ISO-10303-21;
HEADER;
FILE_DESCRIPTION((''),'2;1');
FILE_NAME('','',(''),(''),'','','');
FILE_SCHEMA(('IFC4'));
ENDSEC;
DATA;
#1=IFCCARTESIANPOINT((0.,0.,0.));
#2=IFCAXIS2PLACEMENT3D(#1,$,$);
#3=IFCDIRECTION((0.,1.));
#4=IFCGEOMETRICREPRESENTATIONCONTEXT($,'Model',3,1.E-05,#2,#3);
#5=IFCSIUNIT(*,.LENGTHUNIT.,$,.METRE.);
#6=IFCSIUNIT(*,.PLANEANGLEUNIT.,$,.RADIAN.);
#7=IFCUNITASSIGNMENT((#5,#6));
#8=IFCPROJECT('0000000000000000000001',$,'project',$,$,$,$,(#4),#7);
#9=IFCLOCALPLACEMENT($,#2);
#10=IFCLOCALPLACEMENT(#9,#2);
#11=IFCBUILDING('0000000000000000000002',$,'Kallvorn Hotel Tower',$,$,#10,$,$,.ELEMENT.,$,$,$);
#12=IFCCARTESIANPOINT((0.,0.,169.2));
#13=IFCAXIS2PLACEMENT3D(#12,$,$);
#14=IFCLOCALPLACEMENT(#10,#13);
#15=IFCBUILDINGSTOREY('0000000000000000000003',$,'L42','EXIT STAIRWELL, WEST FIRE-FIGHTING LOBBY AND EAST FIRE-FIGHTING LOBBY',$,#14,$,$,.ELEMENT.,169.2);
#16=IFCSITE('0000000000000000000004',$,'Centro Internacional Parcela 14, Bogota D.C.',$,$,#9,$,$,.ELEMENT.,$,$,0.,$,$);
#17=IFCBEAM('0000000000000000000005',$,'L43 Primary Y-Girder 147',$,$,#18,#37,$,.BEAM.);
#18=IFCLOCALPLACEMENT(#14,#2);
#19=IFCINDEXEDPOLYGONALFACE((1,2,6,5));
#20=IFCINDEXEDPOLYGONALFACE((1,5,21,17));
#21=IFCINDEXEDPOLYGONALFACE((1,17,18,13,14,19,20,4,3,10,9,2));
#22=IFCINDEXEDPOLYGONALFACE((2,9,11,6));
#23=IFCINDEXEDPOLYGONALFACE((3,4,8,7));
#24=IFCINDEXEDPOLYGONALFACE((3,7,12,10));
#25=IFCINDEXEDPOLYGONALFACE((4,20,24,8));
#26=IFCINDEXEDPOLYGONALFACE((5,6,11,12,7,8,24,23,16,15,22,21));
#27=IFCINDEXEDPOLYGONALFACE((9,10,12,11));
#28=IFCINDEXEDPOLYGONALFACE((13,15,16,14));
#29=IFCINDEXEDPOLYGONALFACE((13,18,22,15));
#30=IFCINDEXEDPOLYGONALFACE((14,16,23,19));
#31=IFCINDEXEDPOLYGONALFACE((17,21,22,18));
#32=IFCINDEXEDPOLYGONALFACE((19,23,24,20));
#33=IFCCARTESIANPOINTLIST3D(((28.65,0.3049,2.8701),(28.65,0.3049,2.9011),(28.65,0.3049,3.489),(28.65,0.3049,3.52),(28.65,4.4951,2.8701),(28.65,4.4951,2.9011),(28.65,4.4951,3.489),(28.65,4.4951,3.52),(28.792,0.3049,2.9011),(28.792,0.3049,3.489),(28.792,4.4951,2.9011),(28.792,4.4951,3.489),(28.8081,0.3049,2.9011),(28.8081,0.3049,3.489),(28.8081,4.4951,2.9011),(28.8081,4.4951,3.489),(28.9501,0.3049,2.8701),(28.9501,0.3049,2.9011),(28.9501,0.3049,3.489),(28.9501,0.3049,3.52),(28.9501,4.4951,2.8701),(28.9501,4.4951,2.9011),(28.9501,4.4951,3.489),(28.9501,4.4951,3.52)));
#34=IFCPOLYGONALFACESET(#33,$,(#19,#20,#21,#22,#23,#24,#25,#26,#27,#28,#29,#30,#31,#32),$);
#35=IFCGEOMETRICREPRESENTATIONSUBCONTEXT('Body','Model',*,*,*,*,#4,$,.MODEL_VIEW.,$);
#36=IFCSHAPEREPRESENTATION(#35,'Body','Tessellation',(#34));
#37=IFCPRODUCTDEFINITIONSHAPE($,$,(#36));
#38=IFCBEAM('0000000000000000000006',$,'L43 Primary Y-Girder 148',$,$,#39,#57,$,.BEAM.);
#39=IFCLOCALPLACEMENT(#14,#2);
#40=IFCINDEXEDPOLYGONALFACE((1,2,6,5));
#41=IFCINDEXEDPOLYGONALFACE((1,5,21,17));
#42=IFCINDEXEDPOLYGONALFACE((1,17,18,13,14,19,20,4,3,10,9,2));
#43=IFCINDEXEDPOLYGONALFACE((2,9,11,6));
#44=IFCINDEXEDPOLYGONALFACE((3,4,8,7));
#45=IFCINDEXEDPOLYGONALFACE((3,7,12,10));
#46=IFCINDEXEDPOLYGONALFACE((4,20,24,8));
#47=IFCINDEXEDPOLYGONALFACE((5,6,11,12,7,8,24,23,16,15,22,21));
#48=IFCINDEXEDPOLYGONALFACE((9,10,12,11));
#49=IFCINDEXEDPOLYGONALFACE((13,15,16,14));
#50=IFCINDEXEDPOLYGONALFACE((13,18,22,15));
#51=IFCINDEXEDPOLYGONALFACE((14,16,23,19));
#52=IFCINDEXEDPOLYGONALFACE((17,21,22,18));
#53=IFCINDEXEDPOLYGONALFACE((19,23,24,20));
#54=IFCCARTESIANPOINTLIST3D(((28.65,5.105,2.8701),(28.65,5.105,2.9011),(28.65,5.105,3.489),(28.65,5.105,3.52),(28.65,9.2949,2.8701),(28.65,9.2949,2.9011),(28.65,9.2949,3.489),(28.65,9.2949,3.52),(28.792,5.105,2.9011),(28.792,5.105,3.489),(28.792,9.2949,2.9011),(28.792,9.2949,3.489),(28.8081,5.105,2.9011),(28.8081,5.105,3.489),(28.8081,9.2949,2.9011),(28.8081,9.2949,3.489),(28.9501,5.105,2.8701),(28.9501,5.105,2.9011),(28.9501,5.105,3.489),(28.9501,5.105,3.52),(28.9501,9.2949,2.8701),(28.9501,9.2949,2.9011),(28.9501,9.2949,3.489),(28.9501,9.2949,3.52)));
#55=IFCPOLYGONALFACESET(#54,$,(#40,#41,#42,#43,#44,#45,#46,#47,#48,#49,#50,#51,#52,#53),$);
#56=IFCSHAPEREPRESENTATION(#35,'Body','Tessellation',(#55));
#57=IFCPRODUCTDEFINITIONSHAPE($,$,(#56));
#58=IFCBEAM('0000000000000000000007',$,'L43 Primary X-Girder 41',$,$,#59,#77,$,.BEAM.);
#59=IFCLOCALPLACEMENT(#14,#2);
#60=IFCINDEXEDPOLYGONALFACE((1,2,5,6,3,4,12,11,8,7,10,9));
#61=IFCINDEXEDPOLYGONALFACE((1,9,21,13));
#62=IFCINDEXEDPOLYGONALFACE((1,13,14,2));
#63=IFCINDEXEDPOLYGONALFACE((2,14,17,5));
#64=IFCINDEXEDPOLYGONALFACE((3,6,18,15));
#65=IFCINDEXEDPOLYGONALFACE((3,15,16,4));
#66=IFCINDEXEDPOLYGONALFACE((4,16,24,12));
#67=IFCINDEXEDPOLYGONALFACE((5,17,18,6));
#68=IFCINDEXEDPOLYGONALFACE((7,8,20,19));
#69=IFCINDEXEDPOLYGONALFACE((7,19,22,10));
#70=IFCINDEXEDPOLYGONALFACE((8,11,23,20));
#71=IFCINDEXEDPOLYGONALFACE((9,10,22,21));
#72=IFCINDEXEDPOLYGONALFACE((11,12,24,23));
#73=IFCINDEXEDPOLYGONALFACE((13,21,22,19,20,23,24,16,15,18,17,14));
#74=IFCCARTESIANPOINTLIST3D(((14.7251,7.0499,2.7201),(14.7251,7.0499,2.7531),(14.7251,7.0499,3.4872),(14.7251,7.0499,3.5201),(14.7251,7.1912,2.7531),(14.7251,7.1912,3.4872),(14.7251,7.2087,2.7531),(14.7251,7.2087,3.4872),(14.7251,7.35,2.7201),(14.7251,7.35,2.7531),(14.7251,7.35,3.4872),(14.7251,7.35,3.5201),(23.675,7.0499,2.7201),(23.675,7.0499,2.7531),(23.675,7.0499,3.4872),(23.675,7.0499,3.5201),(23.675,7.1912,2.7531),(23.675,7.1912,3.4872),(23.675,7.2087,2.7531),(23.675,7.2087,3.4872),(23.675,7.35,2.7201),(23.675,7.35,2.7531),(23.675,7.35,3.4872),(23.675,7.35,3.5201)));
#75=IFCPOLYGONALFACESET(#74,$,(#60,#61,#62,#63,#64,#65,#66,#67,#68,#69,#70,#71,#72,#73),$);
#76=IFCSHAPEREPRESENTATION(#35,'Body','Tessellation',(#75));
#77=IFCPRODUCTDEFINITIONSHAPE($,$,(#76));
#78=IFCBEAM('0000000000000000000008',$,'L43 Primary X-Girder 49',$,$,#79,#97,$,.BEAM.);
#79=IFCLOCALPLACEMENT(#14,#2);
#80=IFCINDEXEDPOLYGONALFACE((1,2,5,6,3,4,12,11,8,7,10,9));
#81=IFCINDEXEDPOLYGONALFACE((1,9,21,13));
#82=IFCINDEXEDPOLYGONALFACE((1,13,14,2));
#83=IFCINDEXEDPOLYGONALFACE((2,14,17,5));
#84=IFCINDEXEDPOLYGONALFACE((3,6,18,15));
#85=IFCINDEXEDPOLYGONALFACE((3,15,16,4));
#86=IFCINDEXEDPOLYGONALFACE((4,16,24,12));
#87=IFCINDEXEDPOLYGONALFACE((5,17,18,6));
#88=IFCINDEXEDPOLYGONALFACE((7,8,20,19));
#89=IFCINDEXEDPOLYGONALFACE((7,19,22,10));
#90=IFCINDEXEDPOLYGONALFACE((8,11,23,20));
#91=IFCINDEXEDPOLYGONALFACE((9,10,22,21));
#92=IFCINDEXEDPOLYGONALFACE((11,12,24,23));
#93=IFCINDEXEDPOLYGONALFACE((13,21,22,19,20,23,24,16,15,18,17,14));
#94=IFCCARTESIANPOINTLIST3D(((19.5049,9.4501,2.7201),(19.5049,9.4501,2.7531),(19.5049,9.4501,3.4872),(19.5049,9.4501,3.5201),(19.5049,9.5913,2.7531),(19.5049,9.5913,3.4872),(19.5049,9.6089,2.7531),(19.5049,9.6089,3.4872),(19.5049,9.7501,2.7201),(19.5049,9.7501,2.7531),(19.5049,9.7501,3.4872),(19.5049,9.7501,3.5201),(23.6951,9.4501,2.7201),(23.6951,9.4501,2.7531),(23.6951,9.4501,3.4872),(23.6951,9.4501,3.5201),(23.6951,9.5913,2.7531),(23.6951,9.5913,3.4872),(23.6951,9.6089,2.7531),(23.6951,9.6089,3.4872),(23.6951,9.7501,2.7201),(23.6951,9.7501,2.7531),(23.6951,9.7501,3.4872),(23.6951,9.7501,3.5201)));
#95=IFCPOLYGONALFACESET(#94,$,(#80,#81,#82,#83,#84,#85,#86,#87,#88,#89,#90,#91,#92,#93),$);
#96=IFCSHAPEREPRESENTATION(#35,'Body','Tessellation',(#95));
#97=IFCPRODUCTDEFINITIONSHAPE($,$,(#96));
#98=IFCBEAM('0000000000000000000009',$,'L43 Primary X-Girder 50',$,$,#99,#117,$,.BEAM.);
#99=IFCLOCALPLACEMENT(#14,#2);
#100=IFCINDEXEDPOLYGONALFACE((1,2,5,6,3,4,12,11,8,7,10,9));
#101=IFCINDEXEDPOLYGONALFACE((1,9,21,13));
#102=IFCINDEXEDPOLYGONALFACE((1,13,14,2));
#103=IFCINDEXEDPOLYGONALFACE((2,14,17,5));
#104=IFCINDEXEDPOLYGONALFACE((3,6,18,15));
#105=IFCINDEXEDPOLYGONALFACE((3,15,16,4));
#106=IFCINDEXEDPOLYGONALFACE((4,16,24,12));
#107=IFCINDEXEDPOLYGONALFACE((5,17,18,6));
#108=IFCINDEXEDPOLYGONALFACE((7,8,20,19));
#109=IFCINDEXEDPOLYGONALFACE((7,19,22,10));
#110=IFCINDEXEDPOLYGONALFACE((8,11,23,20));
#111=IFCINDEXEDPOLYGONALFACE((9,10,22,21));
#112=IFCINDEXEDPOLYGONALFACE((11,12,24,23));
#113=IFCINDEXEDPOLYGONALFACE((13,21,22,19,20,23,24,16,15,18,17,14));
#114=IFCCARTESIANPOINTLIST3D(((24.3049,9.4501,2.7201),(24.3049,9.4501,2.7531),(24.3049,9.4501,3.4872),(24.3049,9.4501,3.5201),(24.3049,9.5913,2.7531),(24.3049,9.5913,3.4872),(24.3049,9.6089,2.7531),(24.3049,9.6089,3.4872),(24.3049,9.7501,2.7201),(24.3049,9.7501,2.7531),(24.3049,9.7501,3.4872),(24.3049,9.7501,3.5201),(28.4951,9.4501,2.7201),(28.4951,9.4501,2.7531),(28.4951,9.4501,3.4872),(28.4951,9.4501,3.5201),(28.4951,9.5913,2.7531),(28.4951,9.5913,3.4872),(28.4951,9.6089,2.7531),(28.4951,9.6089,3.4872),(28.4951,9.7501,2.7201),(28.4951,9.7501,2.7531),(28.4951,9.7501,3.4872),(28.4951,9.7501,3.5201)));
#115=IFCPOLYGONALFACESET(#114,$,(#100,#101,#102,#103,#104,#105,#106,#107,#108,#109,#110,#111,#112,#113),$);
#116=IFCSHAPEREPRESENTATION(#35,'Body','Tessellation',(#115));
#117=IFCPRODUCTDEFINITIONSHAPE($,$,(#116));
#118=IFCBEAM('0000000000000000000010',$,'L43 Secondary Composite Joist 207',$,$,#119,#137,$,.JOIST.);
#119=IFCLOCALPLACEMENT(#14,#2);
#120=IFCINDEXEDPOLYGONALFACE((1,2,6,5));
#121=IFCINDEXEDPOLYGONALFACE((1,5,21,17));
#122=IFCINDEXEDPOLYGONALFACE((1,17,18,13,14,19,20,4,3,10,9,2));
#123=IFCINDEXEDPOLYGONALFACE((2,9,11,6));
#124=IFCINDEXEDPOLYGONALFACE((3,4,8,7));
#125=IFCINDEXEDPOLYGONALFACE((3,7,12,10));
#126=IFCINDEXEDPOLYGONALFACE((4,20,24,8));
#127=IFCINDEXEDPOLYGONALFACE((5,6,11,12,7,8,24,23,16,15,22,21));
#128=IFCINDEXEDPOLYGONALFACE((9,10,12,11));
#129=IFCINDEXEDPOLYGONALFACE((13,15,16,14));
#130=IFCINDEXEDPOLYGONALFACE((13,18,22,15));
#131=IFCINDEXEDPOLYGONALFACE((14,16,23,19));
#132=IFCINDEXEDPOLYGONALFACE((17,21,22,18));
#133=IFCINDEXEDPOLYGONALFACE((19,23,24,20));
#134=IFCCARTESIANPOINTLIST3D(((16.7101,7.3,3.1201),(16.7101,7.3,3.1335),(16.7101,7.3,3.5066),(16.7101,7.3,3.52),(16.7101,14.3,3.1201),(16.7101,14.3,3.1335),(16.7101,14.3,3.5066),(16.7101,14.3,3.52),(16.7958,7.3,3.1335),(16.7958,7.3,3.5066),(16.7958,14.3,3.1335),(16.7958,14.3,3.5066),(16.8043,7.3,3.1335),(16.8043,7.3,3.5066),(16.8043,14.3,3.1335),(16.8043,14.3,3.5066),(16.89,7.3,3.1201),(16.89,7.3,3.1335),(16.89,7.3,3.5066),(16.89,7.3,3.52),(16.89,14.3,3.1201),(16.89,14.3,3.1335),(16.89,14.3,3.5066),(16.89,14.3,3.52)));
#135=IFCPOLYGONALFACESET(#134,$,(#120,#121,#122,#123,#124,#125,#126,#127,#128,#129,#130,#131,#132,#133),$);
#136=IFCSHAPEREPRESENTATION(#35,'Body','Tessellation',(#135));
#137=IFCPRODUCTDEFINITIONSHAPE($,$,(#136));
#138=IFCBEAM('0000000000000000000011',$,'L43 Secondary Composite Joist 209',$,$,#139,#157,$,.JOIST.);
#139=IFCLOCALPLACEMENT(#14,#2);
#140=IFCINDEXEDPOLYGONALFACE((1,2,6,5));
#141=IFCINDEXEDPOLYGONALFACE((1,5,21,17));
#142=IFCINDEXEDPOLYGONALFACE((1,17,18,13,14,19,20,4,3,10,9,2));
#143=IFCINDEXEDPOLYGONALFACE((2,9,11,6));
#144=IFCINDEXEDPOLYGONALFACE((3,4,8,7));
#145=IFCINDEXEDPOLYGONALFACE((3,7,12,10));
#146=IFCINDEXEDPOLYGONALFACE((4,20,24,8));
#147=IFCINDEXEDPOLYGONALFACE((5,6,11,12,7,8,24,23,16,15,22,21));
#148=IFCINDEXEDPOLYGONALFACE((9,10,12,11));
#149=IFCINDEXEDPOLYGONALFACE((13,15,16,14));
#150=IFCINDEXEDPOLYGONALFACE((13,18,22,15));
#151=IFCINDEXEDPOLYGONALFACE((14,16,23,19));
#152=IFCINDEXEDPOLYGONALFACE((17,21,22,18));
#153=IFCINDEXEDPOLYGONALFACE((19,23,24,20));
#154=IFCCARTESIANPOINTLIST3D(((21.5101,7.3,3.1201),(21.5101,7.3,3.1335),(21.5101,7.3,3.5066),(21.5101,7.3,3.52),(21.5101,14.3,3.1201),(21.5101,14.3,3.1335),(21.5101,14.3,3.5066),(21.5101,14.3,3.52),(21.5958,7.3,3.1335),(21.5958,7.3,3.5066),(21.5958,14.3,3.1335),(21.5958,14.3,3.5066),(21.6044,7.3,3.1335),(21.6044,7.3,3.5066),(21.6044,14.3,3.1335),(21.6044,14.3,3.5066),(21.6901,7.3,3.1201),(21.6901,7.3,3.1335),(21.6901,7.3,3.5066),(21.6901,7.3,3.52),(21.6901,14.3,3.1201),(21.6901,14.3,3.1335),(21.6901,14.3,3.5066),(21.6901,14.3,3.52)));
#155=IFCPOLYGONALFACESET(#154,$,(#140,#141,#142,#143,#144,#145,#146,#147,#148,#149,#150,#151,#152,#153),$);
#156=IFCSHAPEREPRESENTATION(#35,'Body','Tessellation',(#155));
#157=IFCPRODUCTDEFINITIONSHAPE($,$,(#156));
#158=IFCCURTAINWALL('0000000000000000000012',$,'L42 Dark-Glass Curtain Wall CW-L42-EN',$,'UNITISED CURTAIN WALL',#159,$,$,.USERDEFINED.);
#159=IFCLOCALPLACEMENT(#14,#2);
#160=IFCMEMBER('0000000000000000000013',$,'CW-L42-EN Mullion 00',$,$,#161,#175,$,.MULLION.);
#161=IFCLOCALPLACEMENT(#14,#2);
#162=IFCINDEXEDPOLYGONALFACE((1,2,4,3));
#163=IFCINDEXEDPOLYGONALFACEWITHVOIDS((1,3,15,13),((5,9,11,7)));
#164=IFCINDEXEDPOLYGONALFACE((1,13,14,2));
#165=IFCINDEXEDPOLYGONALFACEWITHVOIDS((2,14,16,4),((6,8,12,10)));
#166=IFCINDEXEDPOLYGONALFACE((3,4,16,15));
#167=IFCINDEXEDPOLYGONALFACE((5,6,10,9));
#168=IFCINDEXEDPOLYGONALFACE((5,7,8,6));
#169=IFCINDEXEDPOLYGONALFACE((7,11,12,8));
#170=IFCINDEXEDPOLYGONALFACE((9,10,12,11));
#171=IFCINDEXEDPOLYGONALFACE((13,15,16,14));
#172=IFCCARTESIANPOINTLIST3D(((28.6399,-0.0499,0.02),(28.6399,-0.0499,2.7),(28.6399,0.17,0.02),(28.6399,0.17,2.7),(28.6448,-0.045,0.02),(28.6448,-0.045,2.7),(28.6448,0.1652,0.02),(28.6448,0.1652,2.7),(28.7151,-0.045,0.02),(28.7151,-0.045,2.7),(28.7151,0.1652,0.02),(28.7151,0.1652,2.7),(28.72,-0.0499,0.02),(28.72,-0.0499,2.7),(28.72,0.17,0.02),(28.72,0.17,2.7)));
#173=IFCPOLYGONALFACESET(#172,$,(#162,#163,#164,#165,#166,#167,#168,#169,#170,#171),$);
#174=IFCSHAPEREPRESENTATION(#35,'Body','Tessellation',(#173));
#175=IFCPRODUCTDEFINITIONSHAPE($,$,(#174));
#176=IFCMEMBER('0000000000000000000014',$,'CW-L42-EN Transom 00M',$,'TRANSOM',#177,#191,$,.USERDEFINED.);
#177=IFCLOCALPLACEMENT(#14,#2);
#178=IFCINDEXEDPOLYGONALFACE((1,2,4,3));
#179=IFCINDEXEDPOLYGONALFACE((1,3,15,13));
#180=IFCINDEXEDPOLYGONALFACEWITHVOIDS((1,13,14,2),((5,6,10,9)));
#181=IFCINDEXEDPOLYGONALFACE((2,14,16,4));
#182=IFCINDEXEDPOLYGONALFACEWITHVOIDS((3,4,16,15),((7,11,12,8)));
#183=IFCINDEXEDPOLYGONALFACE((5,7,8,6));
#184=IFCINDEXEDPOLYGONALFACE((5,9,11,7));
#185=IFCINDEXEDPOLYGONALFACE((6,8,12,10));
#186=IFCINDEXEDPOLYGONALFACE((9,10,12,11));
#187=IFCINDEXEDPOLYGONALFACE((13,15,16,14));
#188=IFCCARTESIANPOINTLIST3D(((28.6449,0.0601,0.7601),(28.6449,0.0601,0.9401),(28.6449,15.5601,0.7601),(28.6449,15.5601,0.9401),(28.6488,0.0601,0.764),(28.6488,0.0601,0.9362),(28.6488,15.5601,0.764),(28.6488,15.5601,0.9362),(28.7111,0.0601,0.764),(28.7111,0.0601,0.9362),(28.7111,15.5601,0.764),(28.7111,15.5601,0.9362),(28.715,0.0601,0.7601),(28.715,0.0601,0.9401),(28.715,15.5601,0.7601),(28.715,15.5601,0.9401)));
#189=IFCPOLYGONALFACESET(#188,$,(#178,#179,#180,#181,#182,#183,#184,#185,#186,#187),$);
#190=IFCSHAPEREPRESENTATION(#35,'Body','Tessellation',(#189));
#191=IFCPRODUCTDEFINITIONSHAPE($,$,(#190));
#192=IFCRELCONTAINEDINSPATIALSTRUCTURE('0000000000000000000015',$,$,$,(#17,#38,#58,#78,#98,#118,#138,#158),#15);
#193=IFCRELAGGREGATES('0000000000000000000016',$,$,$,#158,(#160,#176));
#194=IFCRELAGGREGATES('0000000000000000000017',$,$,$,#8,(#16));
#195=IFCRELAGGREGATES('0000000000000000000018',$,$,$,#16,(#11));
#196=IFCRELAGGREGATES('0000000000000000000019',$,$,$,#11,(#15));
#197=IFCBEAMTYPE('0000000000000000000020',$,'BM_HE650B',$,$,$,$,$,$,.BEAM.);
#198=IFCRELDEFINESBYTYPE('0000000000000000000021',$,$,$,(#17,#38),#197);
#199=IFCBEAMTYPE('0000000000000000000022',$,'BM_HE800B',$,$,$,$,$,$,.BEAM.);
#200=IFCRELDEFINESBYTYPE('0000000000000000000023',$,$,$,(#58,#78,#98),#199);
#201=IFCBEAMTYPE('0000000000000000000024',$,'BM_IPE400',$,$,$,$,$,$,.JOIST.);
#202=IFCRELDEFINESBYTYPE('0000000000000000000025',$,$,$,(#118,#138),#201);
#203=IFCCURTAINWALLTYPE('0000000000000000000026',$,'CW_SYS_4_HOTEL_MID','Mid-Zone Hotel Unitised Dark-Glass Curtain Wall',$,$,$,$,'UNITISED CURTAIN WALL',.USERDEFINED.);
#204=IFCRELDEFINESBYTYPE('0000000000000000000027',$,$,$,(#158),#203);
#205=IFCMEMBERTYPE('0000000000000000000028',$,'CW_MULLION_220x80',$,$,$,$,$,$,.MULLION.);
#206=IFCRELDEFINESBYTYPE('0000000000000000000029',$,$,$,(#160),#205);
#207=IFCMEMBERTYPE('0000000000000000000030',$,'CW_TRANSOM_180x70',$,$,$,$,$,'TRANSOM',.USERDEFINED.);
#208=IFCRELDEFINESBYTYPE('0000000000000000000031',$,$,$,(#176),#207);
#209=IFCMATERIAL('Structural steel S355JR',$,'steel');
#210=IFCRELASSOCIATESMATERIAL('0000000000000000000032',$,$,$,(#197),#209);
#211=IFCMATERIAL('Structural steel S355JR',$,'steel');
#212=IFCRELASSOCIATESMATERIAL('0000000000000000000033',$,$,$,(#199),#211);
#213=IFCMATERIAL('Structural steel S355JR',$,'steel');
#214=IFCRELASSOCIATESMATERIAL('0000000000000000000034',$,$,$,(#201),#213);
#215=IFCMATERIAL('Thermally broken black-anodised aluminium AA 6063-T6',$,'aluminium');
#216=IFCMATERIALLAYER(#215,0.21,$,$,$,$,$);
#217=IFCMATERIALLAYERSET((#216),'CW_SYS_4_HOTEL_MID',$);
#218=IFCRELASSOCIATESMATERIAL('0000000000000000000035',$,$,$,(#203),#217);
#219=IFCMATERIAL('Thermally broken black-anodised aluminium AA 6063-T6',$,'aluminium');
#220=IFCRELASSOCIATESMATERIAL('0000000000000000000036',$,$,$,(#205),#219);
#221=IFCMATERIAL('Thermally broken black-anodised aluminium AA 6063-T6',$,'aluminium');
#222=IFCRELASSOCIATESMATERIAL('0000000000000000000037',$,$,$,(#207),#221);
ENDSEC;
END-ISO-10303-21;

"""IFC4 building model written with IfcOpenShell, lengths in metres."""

from ifc_helpers import new_model, si_unit, direction, frame, origin, origin_2d, place, context, subcontext, project, spatial, hollow_rectangle, i_section, extrude, material, layer, layer_set, material_profile, profile_set, type_object, element, aggregate, save


model = new_model("IFC4")

# Units and contexts
model_context = context("Model", 3, precision=1e-05, world=origin(), true_north=direction((0.0, 1.0)))
body_context = subcontext(model_context, "Body", "Model", "MODEL_VIEW")
ifc_project = project(units=[si_unit("LENGTHUNIT", "METRE"), si_unit("PLANEANGLEUNIT", "RADIAN")], contexts=[model_context])

# Site, building, storey
site_placement = place(None, origin())
site = spatial("IfcSite", under=ifc_project, at=site_placement, Name="Centro Internacional Parcela 14, Bogota D.C.", CompositionType="ELEMENT", RefElevation=0.0)
building_placement = place(site_placement, origin())
building = spatial("IfcBuilding", under=site, at=building_placement, Name="Kallvorn Hotel Tower", CompositionType="ELEMENT")
storey_placement = place(building_placement, frame((0.0, 0.0, 169.2)))
storey = spatial("IfcBuildingStorey", under=building, at=storey_placement, Name="L42", Description="EXIT STAIRWELL, WEST FIRE-FIGHTING LOBBY AND EAST FIRE-FIGHTING LOBBY", CompositionType="ELEMENT", Elevation=169.2)

# Beams
ifc_material_1 = material(Name="Structural steel S355JR", Category="steel")
ifc_material_profile_1 = material_profile(ifc_material_1, i_section(OverallWidth=0.3, OverallDepth=0.6499, WebThickness=0.0161, FlangeThickness=0.031, at=origin_2d()), Name="HE 650 B")
ifc_profile_set_1 = profile_set([ifc_material_profile_1], Name="Structural steel S355JR")
beam_type_1 = type_object("IfcBeamType", Name="BM_HE650B", PredefinedType="BEAM", material=ifc_profile_set_1)
beam_1_placement = place(storey_placement, frame((28.8, 0.3049, 3.1951), z_axis=(0.0, 1.0, 0.0), x_axis=(-1.0, 0.0, 0.0)))
element("IfcBeam", 1, at=beam_1_placement, inside=storey, type_object=beam_type_1, Name="L43 Primary Y-Girder 147", PredefinedType="BEAM", context=body_context, shape_type="SweptSolid", body=[
    extrude(i_section(OverallWidth=0.3, OverallDepth=0.6499, WebThickness=0.0161, FlangeThickness=0.031, at=origin_2d()), origin(), (0.0, 0.0, 1.0), 4.1902),
])
beam_2_placement = place(storey_placement, frame((28.8, 5.105, 3.1951), z_axis=(0.0, 1.0, 0.0), x_axis=(-1.0, 0.0, 0.0)))
element("IfcBeam", 2, at=beam_2_placement, inside=storey, type_object=beam_type_1, Name="L43 Primary Y-Girder 148", PredefinedType="BEAM", context=body_context, shape_type="SweptSolid", body=[
    extrude(i_section(OverallWidth=0.3, OverallDepth=0.6499, WebThickness=0.0161, FlangeThickness=0.031, at=origin_2d()), origin(), (0.0, 0.0, 1.0), 4.1899),
])
ifc_material_2 = material(Name="Structural steel S355JR", Category="steel")
ifc_material_profile_2 = material_profile(ifc_material_2, i_section(OverallWidth=0.3, OverallDepth=0.8, WebThickness=0.0176, FlangeThickness=0.033, at=origin_2d()), Name="HE 800 B")
ifc_profile_set_2 = profile_set([ifc_material_profile_2], Name="Structural steel S355JR")
beam_type_2 = type_object("IfcBeamType", Name="BM_HE800B", PredefinedType="BEAM", material=ifc_profile_set_2)
beam_3_placement = place(storey_placement, frame((14.7251, 7.2, 3.1201), z_axis=(1.0, 0.0, 0.0), x_axis=(0.0, 1.0, 0.0)))
element("IfcBeam", 3, at=beam_3_placement, inside=storey, type_object=beam_type_2, Name="L43 Primary X-Girder 41", PredefinedType="BEAM", context=body_context, shape_type="SweptSolid", body=[
    extrude(i_section(OverallWidth=0.3, OverallDepth=0.8, WebThickness=0.0176, FlangeThickness=0.033, at=origin_2d()), origin(), (0.0, 0.0, 1.0), 8.95),
])
for number, where, z_axis, x_axis, name in (
    (4, (19.5049, 9.6001, 3.1201), (1.0, 0.0, 0.0), (0.0, 1.0, 0.0), "L43 Primary X-Girder 49"),
    (5, (24.3049, 9.6001, 3.1201), (1.0, 0.0, 0.0), (0.0, 1.0, 0.0), "L43 Primary X-Girder 50"),
):
    element("IfcBeam", number, at=place(storey_placement, frame(where, z_axis=z_axis, x_axis=x_axis)), inside=storey, type_object=beam_type_2, Name=name, PredefinedType="BEAM", context=body_context, shape_type="SweptSolid", body=[
        extrude(i_section(OverallWidth=0.3, OverallDepth=0.8, WebThickness=0.0176, FlangeThickness=0.033, at=origin_2d()), origin(), (0.0, 0.0, 1.0), 4.1902),
    ])
ifc_material_3 = material(Name="Structural steel S355JR", Category="steel")
ifc_material_profile_3 = material_profile(ifc_material_3, i_section(OverallWidth=0.1799, OverallDepth=0.3999, WebThickness=0.0085, FlangeThickness=0.0134, at=origin_2d()), Name="IPE 400")
ifc_profile_set_3 = profile_set([ifc_material_profile_3], Name="Structural steel S355JR")
beam_type_3 = type_object("IfcBeamType", Name="BM_IPE400", PredefinedType="JOIST", material=ifc_profile_set_3)
for number, where, z_axis, x_axis, name in (
    (6, (16.8, 7.3, 3.3201), (0.0, 1.0, 0.0), (-1.0, 0.0, 0.0), "L43 Secondary Composite Joist 207"),
    (7, (21.6001, 7.3, 3.3201), (0.0, 1.0, 0.0), (-1.0, 0.0, 0.0), "L43 Secondary Composite Joist 209"),
):
    element("IfcBeam", number, at=place(storey_placement, frame(where, z_axis=z_axis, x_axis=x_axis)), inside=storey, type_object=beam_type_3, Name=name, PredefinedType="JOIST", context=body_context, shape_type="SweptSolid", body=[
        extrude(i_section(OverallWidth=0.1799, OverallDepth=0.3999, WebThickness=0.0085, FlangeThickness=0.0134, at=origin_2d()), origin(), (0.0, 0.0, 1.0), 7.0),
    ])

# Curtain wall, members
ifc_material_4 = material(Name="Thermally broken black-anodised aluminium AA 6063-T6", Category="aluminium")
ifc_layer_1 = layer(ifc_material_4, 0.21)
ifc_layer_set_1 = layer_set([ifc_layer_1], Name="CW_SYS_4_HOTEL_MID")
curtain_wall_type = type_object("IfcCurtainWallType", Name="CW_SYS_4_HOTEL_MID", Description="Mid-Zone Hotel Unitised Dark-Glass Curtain Wall", ElementType="UNITISED CURTAIN WALL", PredefinedType="USERDEFINED", material=ifc_layer_set_1)
curtain_wall_placement = place(storey_placement, origin())
curtain_wall = element("IfcCurtainWall", 8, at=curtain_wall_placement, inside=storey, type_object=curtain_wall_type, Name="L42 Dark-Glass Curtain Wall CW-L42-EN", ObjectType="UNITISED CURTAIN WALL", PredefinedType="USERDEFINED")
ifc_material_5 = material(Name="Thermally broken black-anodised aluminium AA 6063-T6", Category="aluminium")
ifc_material_profile_4 = material_profile(ifc_material_5, hollow_rectangle(XDim=0.0801, YDim=0.22, WallThickness=0.0049, at=origin_2d()), Name="MUL 220x80")
ifc_profile_set_4 = profile_set([ifc_material_profile_4], Name="Thermally broken black-anodised aluminium AA 6063-T6")
member_type_1 = type_object("IfcMemberType", Name="CW_MULLION_220x80", PredefinedType="MULLION", material=ifc_profile_set_4)
member_1_placement = place(storey_placement, frame((28.6799, 0.0601, 0.02), z_axis=(0.0, 0.0, 1.0), x_axis=(1.0, 0.0, 0.0)))
member_1 = element("IfcMember", 9, at=member_1_placement, type_object=member_type_1, Name="CW-L42-EN Mullion 00", PredefinedType="MULLION", context=body_context, shape_type="SweptSolid", body=[
    extrude(hollow_rectangle(XDim=0.0801, YDim=0.22, WallThickness=0.0049, at=origin_2d()), origin(), (0.0, 0.0, 1.0), 2.6799),
])
ifc_material_6 = material(Name="Thermally broken black-anodised aluminium AA 6063-T6", Category="aluminium")
ifc_material_profile_5 = material_profile(ifc_material_6, hollow_rectangle(XDim=0.0701, YDim=0.1799, WallThickness=0.0039, at=origin_2d()), Name="TRN 180x70")
ifc_profile_set_5 = profile_set([ifc_material_profile_5], Name="Thermally broken black-anodised aluminium AA 6063-T6")
member_type_2 = type_object("IfcMemberType", Name="CW_TRANSOM_180x70", ElementType="TRANSOM", PredefinedType="USERDEFINED", material=ifc_profile_set_5)
member_2_placement = place(storey_placement, frame((28.6799, 0.0601, 0.8501), z_axis=(0.0, 1.0, 0.0), x_axis=(-1.0, 0.0, 0.0)))
member_2 = element("IfcMember", 10, at=member_2_placement, type_object=member_type_2, Name="CW-L42-EN Transom 00M", ObjectType="TRANSOM", PredefinedType="USERDEFINED", context=body_context, shape_type="SweptSolid", body=[
    extrude(hollow_rectangle(XDim=0.0701, YDim=0.1799, WallThickness=0.0039, at=origin_2d()), origin(), (0.0, 0.0, 1.0), 15.5),
])
aggregate(curtain_wall, [member_1, member_2])

save(model, "model.ifc")
